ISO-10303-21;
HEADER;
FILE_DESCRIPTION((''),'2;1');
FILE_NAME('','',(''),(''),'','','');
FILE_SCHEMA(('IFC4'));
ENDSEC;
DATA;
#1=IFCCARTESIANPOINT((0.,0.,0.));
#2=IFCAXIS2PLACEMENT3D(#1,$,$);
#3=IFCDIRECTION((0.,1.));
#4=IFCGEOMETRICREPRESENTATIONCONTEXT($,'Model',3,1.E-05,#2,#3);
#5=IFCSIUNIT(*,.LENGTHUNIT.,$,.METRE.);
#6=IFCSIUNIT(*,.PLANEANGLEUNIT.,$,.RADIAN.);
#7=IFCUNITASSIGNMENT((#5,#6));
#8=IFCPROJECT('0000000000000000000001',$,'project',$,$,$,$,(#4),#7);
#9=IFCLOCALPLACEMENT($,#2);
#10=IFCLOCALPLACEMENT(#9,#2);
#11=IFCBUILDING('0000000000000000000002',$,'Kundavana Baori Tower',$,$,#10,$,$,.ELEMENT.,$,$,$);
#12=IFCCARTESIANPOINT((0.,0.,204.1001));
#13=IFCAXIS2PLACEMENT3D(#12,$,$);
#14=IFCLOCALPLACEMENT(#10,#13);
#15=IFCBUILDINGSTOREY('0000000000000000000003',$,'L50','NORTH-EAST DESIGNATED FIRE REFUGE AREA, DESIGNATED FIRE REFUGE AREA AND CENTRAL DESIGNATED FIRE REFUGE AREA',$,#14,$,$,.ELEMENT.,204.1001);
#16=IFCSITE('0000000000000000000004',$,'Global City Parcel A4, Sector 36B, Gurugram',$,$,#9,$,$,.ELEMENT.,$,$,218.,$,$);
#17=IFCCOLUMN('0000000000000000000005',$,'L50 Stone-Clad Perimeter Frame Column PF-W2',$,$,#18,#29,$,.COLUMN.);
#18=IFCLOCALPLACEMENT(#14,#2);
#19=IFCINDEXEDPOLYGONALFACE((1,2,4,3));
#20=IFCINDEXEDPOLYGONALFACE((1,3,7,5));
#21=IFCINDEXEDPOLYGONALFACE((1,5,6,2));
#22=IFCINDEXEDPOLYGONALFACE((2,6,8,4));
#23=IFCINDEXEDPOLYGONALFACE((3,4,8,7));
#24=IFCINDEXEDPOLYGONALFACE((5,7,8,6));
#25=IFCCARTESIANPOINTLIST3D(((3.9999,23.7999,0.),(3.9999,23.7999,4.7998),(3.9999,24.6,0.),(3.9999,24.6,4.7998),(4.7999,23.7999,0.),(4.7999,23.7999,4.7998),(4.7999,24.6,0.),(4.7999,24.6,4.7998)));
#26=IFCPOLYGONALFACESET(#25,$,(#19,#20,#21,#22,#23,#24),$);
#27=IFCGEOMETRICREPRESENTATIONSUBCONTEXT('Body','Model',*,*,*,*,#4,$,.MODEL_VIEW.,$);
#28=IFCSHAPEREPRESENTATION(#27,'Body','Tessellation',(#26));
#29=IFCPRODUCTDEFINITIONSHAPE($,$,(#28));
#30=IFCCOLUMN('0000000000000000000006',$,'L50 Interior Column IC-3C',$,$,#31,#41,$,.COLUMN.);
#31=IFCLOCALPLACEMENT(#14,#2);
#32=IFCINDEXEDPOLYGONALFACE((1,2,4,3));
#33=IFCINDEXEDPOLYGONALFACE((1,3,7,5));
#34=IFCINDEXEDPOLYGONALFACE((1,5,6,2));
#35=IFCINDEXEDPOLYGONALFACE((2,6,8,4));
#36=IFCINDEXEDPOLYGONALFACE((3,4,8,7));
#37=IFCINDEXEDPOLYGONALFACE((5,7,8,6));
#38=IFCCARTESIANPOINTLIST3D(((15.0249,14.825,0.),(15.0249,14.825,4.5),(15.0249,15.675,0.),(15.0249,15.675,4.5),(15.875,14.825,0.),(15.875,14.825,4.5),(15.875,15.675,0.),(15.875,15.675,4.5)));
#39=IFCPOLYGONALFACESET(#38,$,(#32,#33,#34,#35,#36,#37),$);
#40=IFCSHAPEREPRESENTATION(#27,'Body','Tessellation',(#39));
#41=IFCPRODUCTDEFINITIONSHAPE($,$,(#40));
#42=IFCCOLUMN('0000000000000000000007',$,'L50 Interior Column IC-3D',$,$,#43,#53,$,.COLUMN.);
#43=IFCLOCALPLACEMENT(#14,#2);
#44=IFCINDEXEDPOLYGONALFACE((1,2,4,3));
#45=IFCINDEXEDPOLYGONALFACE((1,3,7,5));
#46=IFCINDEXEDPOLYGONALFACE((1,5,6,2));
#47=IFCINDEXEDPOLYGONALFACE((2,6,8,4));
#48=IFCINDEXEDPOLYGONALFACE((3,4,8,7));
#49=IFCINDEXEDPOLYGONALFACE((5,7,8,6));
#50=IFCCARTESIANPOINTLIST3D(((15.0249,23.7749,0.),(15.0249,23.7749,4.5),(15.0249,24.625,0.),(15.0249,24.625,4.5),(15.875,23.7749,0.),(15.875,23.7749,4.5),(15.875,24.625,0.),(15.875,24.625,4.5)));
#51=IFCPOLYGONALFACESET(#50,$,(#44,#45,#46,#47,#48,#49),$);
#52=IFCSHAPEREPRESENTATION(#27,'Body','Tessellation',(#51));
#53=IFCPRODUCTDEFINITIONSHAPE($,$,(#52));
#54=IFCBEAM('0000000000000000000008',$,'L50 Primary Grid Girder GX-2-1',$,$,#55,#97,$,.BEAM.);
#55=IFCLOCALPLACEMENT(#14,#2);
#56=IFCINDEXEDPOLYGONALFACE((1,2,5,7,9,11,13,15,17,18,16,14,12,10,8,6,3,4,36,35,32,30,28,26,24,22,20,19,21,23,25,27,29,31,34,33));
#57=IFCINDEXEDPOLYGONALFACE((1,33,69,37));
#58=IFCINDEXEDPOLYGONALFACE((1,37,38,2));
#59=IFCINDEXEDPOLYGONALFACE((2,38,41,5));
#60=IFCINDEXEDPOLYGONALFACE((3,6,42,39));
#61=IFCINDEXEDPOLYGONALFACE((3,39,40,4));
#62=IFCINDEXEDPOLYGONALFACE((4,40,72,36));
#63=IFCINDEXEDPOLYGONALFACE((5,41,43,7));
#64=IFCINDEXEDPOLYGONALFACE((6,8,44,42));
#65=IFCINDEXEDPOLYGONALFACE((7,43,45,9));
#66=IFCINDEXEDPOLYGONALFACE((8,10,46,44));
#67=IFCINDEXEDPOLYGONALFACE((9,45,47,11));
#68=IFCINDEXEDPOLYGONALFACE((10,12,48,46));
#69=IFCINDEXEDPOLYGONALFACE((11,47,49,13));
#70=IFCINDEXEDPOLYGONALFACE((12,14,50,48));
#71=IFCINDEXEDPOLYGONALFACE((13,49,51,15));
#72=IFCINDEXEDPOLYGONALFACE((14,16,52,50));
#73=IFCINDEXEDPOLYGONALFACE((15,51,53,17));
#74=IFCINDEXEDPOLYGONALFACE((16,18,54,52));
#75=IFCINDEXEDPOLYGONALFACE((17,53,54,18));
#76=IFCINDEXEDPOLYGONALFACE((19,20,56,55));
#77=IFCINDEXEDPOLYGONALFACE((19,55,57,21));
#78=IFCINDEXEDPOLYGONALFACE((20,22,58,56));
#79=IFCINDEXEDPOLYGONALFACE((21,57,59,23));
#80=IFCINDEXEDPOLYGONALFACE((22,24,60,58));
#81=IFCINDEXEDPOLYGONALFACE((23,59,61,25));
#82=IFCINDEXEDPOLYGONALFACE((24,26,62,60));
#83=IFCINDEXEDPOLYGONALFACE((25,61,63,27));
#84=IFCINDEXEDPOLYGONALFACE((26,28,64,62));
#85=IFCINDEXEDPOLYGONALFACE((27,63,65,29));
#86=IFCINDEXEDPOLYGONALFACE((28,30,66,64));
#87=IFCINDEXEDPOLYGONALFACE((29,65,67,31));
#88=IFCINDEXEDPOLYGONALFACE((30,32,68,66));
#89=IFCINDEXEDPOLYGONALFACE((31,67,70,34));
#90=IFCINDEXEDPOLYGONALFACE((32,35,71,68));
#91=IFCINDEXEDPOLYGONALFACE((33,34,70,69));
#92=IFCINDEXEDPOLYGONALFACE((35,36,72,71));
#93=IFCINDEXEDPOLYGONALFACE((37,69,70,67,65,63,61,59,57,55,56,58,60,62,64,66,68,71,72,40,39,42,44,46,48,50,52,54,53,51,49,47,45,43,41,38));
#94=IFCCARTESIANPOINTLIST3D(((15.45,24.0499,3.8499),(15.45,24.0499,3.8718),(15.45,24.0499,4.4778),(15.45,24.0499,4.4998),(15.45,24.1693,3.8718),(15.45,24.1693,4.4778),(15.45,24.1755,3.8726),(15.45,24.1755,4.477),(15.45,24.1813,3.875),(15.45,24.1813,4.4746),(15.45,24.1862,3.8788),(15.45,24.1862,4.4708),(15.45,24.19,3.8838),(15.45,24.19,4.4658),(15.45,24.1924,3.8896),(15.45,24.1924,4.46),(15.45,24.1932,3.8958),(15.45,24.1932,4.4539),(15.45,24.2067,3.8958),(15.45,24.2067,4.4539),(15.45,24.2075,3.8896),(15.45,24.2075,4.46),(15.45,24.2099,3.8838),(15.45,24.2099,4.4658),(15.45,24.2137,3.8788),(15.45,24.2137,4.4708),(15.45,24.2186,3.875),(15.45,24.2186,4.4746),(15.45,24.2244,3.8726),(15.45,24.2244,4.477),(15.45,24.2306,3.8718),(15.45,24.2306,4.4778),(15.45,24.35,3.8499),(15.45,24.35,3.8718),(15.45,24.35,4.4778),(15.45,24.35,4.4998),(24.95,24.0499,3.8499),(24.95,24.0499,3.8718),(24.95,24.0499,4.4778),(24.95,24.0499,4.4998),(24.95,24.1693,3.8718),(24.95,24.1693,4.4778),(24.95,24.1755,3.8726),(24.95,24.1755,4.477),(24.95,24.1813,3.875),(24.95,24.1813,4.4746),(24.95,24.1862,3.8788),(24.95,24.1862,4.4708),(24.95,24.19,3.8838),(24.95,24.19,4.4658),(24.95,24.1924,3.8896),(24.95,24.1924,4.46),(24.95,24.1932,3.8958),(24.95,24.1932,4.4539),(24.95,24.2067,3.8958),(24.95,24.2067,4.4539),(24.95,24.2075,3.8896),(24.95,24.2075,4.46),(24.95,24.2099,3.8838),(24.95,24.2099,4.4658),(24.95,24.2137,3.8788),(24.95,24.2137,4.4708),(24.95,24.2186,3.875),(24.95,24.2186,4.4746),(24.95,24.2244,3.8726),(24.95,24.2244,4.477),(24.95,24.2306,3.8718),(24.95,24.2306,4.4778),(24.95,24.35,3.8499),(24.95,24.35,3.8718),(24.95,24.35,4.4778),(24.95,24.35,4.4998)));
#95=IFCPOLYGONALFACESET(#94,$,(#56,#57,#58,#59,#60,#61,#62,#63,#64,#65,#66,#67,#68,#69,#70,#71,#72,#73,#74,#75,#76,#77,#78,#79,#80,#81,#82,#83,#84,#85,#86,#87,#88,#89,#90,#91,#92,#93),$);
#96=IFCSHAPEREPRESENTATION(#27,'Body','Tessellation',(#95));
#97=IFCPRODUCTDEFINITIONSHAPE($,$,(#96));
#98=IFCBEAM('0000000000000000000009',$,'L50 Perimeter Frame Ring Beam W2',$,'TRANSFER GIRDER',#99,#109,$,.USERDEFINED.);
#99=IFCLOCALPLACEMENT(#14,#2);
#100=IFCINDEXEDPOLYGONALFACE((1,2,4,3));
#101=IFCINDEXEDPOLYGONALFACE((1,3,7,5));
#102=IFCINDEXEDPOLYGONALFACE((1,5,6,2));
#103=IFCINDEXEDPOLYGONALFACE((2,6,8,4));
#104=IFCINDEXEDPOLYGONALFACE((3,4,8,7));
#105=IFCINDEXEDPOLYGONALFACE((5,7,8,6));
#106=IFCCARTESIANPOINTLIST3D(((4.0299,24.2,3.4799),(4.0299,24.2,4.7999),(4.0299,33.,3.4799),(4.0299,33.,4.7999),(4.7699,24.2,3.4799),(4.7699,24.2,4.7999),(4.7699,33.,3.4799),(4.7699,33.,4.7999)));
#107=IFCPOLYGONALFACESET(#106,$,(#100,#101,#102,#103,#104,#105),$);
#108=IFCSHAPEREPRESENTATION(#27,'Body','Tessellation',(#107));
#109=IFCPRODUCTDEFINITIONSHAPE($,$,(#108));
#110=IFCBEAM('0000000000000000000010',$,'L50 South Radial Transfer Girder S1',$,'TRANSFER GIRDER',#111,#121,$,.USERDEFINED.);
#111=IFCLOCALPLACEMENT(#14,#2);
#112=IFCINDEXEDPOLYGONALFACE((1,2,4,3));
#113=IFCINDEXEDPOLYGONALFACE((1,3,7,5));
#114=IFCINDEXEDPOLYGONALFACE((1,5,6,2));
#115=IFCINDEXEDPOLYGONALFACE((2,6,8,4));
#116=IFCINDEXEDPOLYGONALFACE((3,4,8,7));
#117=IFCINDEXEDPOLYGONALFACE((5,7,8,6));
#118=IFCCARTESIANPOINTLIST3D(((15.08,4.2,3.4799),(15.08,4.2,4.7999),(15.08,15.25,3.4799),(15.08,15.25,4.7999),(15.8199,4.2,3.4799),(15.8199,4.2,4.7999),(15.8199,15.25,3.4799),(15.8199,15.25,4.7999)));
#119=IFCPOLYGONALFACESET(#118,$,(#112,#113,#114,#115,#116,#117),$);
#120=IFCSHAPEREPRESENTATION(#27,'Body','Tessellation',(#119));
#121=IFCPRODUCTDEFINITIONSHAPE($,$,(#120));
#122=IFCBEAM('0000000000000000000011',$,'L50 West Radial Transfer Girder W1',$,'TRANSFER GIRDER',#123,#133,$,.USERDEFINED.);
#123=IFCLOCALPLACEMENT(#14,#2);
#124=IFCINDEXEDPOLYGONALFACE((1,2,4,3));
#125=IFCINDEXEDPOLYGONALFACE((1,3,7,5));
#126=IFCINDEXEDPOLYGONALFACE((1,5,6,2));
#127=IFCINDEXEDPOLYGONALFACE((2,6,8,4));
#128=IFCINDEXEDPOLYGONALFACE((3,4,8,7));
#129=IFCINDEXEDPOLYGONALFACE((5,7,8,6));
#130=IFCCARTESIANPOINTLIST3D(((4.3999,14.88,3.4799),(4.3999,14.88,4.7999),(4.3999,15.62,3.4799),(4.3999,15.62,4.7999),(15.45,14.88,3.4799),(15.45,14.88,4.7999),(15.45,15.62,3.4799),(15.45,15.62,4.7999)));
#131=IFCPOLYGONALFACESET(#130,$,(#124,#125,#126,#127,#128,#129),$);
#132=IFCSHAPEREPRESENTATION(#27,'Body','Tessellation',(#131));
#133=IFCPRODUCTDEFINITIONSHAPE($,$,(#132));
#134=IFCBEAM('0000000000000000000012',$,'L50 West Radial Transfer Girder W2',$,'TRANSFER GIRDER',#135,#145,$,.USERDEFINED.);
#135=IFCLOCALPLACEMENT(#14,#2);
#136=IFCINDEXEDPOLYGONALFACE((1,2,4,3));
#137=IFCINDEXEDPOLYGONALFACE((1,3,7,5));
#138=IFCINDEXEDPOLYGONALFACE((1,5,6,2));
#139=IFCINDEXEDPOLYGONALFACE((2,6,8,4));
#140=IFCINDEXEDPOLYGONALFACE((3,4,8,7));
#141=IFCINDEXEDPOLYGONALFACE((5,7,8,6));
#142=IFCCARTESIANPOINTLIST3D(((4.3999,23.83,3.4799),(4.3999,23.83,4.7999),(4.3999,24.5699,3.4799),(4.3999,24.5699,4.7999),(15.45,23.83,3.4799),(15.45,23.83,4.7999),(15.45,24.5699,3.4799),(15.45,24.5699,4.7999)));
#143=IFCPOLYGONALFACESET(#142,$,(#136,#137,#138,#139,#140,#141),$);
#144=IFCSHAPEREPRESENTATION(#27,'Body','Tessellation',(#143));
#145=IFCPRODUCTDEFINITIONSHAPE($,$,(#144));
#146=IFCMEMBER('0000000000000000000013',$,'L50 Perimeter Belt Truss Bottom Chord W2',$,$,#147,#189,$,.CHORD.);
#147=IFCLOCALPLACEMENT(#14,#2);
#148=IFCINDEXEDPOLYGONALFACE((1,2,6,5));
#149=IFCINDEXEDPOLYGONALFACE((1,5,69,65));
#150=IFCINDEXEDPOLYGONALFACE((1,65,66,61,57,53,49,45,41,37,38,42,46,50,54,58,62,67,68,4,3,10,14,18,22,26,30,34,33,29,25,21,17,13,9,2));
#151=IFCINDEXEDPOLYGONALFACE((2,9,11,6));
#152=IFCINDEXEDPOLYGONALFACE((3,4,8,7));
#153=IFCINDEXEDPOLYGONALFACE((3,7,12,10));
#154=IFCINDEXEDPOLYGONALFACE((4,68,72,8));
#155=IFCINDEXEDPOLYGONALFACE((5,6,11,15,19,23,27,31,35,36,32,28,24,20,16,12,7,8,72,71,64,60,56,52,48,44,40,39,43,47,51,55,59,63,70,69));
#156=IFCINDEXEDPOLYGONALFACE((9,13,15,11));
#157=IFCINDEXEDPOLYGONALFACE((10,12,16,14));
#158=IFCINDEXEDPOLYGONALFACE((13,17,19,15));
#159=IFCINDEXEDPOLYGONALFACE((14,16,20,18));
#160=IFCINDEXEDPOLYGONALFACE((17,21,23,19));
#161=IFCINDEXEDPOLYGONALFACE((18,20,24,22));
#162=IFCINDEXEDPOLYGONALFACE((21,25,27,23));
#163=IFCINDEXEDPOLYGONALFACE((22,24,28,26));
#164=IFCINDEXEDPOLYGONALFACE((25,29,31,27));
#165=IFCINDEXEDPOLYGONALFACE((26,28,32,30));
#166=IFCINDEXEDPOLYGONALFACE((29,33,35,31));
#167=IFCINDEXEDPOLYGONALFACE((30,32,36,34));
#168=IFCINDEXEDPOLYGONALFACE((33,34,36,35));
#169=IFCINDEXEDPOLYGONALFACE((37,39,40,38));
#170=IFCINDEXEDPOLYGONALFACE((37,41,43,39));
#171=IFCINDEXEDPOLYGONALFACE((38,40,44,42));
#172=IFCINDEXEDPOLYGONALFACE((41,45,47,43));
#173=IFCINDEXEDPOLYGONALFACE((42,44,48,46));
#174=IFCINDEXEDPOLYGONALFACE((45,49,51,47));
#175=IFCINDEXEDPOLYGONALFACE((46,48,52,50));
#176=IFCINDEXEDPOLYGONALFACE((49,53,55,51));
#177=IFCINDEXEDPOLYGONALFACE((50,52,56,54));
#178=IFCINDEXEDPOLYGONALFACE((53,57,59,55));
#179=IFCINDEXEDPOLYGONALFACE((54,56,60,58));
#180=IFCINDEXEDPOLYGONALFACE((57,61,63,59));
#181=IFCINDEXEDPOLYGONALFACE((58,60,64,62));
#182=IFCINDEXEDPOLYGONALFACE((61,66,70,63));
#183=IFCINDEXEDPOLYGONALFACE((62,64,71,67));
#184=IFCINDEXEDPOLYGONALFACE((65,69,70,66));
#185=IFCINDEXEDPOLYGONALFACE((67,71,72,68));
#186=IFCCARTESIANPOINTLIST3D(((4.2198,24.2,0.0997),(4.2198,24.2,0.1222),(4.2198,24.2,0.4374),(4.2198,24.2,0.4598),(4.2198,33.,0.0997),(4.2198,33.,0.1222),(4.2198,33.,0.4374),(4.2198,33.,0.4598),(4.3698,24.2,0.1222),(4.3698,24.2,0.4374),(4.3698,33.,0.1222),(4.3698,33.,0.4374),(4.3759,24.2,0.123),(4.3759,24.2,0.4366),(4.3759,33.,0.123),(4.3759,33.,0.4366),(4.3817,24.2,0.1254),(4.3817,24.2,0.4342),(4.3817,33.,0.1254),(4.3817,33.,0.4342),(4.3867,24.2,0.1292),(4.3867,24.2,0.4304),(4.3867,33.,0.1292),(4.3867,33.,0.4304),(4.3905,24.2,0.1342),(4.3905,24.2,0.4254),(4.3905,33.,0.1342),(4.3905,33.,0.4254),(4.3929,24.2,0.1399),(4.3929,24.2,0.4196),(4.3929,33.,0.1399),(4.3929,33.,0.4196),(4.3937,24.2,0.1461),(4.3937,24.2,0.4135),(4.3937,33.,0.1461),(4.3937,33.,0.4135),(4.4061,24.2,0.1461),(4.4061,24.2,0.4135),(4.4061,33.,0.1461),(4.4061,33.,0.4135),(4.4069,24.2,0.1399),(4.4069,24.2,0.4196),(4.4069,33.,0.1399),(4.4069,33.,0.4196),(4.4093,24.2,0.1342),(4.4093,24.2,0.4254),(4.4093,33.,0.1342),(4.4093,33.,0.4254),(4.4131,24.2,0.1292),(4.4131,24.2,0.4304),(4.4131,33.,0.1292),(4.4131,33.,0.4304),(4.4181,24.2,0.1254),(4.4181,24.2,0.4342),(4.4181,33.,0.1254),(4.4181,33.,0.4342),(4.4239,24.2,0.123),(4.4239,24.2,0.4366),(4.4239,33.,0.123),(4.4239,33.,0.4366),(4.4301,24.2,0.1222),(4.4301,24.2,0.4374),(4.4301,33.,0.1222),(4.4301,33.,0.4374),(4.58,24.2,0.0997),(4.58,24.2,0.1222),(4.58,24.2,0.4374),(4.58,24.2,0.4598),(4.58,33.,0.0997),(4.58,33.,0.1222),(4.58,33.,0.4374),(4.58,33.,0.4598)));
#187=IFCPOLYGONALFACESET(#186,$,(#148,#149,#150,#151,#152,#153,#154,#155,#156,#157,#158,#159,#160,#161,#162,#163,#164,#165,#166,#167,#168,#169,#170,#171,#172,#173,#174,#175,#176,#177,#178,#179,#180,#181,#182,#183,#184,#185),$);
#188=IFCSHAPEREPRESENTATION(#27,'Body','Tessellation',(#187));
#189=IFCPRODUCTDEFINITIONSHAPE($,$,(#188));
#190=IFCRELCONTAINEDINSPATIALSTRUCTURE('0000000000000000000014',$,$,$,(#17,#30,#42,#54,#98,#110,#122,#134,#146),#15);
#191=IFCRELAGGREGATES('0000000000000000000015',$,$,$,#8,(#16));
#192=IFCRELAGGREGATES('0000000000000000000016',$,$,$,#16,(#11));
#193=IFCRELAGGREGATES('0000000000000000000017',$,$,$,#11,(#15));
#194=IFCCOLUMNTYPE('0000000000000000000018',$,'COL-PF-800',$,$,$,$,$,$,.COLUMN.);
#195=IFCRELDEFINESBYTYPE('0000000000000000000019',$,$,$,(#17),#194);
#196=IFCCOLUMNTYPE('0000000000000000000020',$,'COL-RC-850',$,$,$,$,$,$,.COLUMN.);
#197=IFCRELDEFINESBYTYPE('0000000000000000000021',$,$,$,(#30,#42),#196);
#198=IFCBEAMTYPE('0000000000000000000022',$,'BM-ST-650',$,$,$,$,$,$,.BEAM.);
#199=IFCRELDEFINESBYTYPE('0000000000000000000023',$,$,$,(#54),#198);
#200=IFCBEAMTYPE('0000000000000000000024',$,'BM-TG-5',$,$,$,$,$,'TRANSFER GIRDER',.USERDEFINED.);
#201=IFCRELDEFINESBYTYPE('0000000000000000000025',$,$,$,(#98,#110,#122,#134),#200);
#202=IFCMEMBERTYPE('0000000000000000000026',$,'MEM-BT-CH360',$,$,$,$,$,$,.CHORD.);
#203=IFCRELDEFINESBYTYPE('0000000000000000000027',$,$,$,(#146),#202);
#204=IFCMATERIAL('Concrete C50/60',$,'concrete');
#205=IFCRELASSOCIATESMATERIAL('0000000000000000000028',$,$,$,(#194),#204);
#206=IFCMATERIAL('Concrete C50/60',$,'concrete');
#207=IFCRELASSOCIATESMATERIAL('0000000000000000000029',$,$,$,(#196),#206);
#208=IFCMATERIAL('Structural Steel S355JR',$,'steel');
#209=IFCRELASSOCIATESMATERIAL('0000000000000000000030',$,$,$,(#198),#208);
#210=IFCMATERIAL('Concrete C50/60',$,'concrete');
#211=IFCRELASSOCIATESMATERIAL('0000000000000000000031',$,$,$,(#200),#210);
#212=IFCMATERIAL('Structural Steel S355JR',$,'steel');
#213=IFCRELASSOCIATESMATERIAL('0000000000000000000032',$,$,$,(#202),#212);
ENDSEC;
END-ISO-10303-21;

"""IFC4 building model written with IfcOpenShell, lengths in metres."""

from ifc_helpers import new_model, si_unit, direction, frame, origin, origin_2d, place, context, subcontext, project, spatial, rectangle, i_section, extrude, material, material_profile, profile_set, type_object, element, save


model = new_model("IFC4")

# Units and contexts
model_context = context("Model", 3, precision=1e-05, world=origin(), true_north=direction((0.0, 1.0)))
body_context = subcontext(model_context, "Body", "Model", "MODEL_VIEW")
ifc_project = project(units=[si_unit("LENGTHUNIT", "METRE"), si_unit("PLANEANGLEUNIT", "RADIAN")], contexts=[model_context])

# Site, building, storey
site_placement = place(None, origin())
site = spatial("IfcSite", under=ifc_project, at=site_placement, Name="Global City Parcel A4, Sector 36B, Gurugram", CompositionType="ELEMENT", RefElevation=218.0)
building_placement = place(site_placement, origin())
building = spatial("IfcBuilding", under=site, at=building_placement, Name="Kundavana Baori Tower", CompositionType="ELEMENT")
storey_placement = place(building_placement, frame((0.0, 0.0, 204.1001)))
storey = spatial("IfcBuildingStorey", under=building, at=storey_placement, Name="L50", Description="NORTH-EAST DESIGNATED FIRE REFUGE AREA, DESIGNATED FIRE REFUGE AREA AND CENTRAL DESIGNATED FIRE REFUGE AREA", CompositionType="ELEMENT", Elevation=204.1001)

# Columns
ifc_material_1 = material(Name="Concrete C50/60", Category="concrete")
ifc_material_profile_1 = material_profile(ifc_material_1, rectangle(XDim=0.8, YDim=0.8, at=origin_2d()), Name="RC PF 800x800")
ifc_profile_set_1 = profile_set([ifc_material_profile_1], Name="Concrete C50/60")
column_type_1 = type_object("IfcColumnType", Name="COL-PF-800", PredefinedType="COLUMN", material=ifc_profile_set_1)
column_placement = place(storey_placement, frame((4.3999, 24.2, 0.0), z_axis=(0.0, 0.0, 1.0), x_axis=(1.0, 0.0, 0.0)))
element("IfcColumn", 1, at=column_placement, inside=storey, type_object=column_type_1, Name="L50 Stone-Clad Perimeter Frame Column PF-W2", PredefinedType="COLUMN", context=body_context, shape_type="SweptSolid", body=[
    extrude(rectangle(XDim=0.8, YDim=0.8, at=origin_2d()), origin(), (0.0, 0.0, 1.0), 4.7998),
])
ifc_material_2 = material(Name="Concrete C50/60", Category="concrete")
ifc_material_profile_2 = material_profile(ifc_material_2, rectangle(XDim=0.8501, YDim=0.8501, at=origin_2d()), Name="RC 850x850")
ifc_profile_set_2 = profile_set([ifc_material_profile_2], Name="Concrete C50/60")
column_type_2 = type_object("IfcColumnType", Name="COL-RC-850", PredefinedType="COLUMN", material=ifc_profile_set_2)
for number, where, z_axis, x_axis, name in (
    (2, (15.45, 15.25, 0.0), (0.0, 0.0, 1.0), (1.0, 0.0, 0.0), "L50 Interior Column IC-3C"),
    (3, (15.45, 24.2, 0.0), (0.0, 0.0, 1.0), (1.0, 0.0, 0.0), "L50 Interior Column IC-3D"),
):
    element("IfcColumn", number, at=place(storey_placement, frame(where, z_axis=z_axis, x_axis=x_axis)), inside=storey, type_object=column_type_2, Name=name, PredefinedType="COLUMN", context=body_context, shape_type="SweptSolid", body=[
        extrude(rectangle(XDim=0.8501, YDim=0.8501, at=origin_2d()), origin(), (0.0, 0.0, 1.0), 4.5),
    ])

# Beams
ifc_material_3 = material(Name="Structural Steel S355JR", Category="steel")
ifc_material_profile_3 = material_profile(ifc_material_3, i_section(OverallWidth=0.3, OverallDepth=0.6499, WebThickness=0.0134, FlangeThickness=0.022, FilletRadius=0.0239, at=origin_2d()), Name="NPB 650x300x155")
ifc_profile_set_3 = profile_set([ifc_material_profile_3], Name="Structural Steel S355JR")
beam_type_1 = type_object("IfcBeamType", Name="BM-ST-650", PredefinedType="BEAM", material=ifc_profile_set_3)
beam_1_placement = place(storey_placement, frame((15.45, 24.2, 4.1748), z_axis=(1.0, 0.0, 0.0), x_axis=(0.0, 1.0, 0.0)))
element("IfcBeam", 4, at=beam_1_placement, inside=storey, type_object=beam_type_1, Name="L50 Primary Grid Girder GX-2-1", PredefinedType="BEAM", context=body_context, shape_type="SweptSolid", body=[
    extrude(i_section(OverallWidth=0.3, OverallDepth=0.6499, WebThickness=0.0134, FlangeThickness=0.022, FilletRadius=0.0239, at=origin_2d()), origin(), (0.0, 0.0, 1.0), 9.5),
])
ifc_material_4 = material(Name="Concrete C50/60", Category="concrete")
ifc_material_profile_4 = material_profile(ifc_material_4, rectangle(XDim=0.74, YDim=1.3201, at=origin_2d()), Name="BM-TG-5")
ifc_profile_set_4 = profile_set([ifc_material_profile_4], Name="Concrete C50/60")
beam_type_2 = type_object("IfcBeamType", Name="BM-TG-5", ElementType="TRANSFER GIRDER", PredefinedType="USERDEFINED", material=ifc_profile_set_4)
beam_2_placement = place(storey_placement, frame((4.3999, 24.2, 4.1399), z_axis=(0.0, 1.0, 0.0), x_axis=(-1.0, 0.0, 0.0)))
element("IfcBeam", 5, at=beam_2_placement, inside=storey, type_object=beam_type_2, Name="L50 Perimeter Frame Ring Beam W2", ObjectType="TRANSFER GIRDER", PredefinedType="USERDEFINED", context=body_context, shape_type="SweptSolid", body=[
    extrude(rectangle(XDim=0.74, YDim=1.3201, at=origin_2d()), origin(), (0.0, 0.0, 1.0), 8.8),
])
for number, where, z_axis, x_axis, name in (
    (6, (15.45, 15.25, 4.1399), (0.0, -1.0, 0.0), (1.0, 0.0, 0.0), "L50 South Radial Transfer Girder S1"),
    (7, (15.45, 15.25, 4.1399), (-1.0, 0.0, 0.0), (0.0, -1.0, 0.0), "L50 West Radial Transfer Girder W1"),
    (8, (15.45, 24.2, 4.1399), (-1.0, 0.0, 0.0), (0.0, -1.0, 0.0), "L50 West Radial Transfer Girder W2"),
):
    element("IfcBeam", number, at=place(storey_placement, frame(where, z_axis=z_axis, x_axis=x_axis)), inside=storey, type_object=beam_type_2, Name=name, ObjectType="TRANSFER GIRDER", PredefinedType="USERDEFINED", context=body_context, shape_type="SweptSolid", body=[
        extrude(rectangle(XDim=0.74, YDim=1.3201, at=origin_2d()), origin(), (0.0, 0.0, 1.0), 11.05),
    ])

# Member
ifc_material_5 = material(Name="Structural Steel S355JR", Category="steel")
ifc_material_profile_5 = material_profile(ifc_material_5, i_section(OverallWidth=0.3601, OverallDepth=0.3601, WebThickness=0.0125, FlangeThickness=0.0225, FilletRadius=0.0239, at=origin_2d()), Name="WPB 360x360x142")
ifc_profile_set_5 = profile_set([ifc_material_profile_5], Name="Structural Steel S355JR")
member_type_1 = type_object("IfcMemberType", Name="MEM-BT-CH360", PredefinedType="CHORD", material=ifc_profile_set_5)
member_1_placement = place(storey_placement, frame((4.3999, 24.2, 0.2798), z_axis=(0.0, 1.0, 0.0), x_axis=(-1.0, 0.0, 0.0)))
element("IfcMember", 9, at=member_1_placement, inside=storey, type_object=member_type_1, Name="L50 Perimeter Belt Truss Bottom Chord W2", PredefinedType="CHORD", context=body_context, shape_type="SweptSolid", body=[
    extrude(i_section(OverallWidth=0.3601, OverallDepth=0.3601, WebThickness=0.0125, FlangeThickness=0.0225, FilletRadius=0.0239, at=origin_2d()), origin(), (0.0, 0.0, 1.0), 8.8),
])

save(model, "model.ifc")
